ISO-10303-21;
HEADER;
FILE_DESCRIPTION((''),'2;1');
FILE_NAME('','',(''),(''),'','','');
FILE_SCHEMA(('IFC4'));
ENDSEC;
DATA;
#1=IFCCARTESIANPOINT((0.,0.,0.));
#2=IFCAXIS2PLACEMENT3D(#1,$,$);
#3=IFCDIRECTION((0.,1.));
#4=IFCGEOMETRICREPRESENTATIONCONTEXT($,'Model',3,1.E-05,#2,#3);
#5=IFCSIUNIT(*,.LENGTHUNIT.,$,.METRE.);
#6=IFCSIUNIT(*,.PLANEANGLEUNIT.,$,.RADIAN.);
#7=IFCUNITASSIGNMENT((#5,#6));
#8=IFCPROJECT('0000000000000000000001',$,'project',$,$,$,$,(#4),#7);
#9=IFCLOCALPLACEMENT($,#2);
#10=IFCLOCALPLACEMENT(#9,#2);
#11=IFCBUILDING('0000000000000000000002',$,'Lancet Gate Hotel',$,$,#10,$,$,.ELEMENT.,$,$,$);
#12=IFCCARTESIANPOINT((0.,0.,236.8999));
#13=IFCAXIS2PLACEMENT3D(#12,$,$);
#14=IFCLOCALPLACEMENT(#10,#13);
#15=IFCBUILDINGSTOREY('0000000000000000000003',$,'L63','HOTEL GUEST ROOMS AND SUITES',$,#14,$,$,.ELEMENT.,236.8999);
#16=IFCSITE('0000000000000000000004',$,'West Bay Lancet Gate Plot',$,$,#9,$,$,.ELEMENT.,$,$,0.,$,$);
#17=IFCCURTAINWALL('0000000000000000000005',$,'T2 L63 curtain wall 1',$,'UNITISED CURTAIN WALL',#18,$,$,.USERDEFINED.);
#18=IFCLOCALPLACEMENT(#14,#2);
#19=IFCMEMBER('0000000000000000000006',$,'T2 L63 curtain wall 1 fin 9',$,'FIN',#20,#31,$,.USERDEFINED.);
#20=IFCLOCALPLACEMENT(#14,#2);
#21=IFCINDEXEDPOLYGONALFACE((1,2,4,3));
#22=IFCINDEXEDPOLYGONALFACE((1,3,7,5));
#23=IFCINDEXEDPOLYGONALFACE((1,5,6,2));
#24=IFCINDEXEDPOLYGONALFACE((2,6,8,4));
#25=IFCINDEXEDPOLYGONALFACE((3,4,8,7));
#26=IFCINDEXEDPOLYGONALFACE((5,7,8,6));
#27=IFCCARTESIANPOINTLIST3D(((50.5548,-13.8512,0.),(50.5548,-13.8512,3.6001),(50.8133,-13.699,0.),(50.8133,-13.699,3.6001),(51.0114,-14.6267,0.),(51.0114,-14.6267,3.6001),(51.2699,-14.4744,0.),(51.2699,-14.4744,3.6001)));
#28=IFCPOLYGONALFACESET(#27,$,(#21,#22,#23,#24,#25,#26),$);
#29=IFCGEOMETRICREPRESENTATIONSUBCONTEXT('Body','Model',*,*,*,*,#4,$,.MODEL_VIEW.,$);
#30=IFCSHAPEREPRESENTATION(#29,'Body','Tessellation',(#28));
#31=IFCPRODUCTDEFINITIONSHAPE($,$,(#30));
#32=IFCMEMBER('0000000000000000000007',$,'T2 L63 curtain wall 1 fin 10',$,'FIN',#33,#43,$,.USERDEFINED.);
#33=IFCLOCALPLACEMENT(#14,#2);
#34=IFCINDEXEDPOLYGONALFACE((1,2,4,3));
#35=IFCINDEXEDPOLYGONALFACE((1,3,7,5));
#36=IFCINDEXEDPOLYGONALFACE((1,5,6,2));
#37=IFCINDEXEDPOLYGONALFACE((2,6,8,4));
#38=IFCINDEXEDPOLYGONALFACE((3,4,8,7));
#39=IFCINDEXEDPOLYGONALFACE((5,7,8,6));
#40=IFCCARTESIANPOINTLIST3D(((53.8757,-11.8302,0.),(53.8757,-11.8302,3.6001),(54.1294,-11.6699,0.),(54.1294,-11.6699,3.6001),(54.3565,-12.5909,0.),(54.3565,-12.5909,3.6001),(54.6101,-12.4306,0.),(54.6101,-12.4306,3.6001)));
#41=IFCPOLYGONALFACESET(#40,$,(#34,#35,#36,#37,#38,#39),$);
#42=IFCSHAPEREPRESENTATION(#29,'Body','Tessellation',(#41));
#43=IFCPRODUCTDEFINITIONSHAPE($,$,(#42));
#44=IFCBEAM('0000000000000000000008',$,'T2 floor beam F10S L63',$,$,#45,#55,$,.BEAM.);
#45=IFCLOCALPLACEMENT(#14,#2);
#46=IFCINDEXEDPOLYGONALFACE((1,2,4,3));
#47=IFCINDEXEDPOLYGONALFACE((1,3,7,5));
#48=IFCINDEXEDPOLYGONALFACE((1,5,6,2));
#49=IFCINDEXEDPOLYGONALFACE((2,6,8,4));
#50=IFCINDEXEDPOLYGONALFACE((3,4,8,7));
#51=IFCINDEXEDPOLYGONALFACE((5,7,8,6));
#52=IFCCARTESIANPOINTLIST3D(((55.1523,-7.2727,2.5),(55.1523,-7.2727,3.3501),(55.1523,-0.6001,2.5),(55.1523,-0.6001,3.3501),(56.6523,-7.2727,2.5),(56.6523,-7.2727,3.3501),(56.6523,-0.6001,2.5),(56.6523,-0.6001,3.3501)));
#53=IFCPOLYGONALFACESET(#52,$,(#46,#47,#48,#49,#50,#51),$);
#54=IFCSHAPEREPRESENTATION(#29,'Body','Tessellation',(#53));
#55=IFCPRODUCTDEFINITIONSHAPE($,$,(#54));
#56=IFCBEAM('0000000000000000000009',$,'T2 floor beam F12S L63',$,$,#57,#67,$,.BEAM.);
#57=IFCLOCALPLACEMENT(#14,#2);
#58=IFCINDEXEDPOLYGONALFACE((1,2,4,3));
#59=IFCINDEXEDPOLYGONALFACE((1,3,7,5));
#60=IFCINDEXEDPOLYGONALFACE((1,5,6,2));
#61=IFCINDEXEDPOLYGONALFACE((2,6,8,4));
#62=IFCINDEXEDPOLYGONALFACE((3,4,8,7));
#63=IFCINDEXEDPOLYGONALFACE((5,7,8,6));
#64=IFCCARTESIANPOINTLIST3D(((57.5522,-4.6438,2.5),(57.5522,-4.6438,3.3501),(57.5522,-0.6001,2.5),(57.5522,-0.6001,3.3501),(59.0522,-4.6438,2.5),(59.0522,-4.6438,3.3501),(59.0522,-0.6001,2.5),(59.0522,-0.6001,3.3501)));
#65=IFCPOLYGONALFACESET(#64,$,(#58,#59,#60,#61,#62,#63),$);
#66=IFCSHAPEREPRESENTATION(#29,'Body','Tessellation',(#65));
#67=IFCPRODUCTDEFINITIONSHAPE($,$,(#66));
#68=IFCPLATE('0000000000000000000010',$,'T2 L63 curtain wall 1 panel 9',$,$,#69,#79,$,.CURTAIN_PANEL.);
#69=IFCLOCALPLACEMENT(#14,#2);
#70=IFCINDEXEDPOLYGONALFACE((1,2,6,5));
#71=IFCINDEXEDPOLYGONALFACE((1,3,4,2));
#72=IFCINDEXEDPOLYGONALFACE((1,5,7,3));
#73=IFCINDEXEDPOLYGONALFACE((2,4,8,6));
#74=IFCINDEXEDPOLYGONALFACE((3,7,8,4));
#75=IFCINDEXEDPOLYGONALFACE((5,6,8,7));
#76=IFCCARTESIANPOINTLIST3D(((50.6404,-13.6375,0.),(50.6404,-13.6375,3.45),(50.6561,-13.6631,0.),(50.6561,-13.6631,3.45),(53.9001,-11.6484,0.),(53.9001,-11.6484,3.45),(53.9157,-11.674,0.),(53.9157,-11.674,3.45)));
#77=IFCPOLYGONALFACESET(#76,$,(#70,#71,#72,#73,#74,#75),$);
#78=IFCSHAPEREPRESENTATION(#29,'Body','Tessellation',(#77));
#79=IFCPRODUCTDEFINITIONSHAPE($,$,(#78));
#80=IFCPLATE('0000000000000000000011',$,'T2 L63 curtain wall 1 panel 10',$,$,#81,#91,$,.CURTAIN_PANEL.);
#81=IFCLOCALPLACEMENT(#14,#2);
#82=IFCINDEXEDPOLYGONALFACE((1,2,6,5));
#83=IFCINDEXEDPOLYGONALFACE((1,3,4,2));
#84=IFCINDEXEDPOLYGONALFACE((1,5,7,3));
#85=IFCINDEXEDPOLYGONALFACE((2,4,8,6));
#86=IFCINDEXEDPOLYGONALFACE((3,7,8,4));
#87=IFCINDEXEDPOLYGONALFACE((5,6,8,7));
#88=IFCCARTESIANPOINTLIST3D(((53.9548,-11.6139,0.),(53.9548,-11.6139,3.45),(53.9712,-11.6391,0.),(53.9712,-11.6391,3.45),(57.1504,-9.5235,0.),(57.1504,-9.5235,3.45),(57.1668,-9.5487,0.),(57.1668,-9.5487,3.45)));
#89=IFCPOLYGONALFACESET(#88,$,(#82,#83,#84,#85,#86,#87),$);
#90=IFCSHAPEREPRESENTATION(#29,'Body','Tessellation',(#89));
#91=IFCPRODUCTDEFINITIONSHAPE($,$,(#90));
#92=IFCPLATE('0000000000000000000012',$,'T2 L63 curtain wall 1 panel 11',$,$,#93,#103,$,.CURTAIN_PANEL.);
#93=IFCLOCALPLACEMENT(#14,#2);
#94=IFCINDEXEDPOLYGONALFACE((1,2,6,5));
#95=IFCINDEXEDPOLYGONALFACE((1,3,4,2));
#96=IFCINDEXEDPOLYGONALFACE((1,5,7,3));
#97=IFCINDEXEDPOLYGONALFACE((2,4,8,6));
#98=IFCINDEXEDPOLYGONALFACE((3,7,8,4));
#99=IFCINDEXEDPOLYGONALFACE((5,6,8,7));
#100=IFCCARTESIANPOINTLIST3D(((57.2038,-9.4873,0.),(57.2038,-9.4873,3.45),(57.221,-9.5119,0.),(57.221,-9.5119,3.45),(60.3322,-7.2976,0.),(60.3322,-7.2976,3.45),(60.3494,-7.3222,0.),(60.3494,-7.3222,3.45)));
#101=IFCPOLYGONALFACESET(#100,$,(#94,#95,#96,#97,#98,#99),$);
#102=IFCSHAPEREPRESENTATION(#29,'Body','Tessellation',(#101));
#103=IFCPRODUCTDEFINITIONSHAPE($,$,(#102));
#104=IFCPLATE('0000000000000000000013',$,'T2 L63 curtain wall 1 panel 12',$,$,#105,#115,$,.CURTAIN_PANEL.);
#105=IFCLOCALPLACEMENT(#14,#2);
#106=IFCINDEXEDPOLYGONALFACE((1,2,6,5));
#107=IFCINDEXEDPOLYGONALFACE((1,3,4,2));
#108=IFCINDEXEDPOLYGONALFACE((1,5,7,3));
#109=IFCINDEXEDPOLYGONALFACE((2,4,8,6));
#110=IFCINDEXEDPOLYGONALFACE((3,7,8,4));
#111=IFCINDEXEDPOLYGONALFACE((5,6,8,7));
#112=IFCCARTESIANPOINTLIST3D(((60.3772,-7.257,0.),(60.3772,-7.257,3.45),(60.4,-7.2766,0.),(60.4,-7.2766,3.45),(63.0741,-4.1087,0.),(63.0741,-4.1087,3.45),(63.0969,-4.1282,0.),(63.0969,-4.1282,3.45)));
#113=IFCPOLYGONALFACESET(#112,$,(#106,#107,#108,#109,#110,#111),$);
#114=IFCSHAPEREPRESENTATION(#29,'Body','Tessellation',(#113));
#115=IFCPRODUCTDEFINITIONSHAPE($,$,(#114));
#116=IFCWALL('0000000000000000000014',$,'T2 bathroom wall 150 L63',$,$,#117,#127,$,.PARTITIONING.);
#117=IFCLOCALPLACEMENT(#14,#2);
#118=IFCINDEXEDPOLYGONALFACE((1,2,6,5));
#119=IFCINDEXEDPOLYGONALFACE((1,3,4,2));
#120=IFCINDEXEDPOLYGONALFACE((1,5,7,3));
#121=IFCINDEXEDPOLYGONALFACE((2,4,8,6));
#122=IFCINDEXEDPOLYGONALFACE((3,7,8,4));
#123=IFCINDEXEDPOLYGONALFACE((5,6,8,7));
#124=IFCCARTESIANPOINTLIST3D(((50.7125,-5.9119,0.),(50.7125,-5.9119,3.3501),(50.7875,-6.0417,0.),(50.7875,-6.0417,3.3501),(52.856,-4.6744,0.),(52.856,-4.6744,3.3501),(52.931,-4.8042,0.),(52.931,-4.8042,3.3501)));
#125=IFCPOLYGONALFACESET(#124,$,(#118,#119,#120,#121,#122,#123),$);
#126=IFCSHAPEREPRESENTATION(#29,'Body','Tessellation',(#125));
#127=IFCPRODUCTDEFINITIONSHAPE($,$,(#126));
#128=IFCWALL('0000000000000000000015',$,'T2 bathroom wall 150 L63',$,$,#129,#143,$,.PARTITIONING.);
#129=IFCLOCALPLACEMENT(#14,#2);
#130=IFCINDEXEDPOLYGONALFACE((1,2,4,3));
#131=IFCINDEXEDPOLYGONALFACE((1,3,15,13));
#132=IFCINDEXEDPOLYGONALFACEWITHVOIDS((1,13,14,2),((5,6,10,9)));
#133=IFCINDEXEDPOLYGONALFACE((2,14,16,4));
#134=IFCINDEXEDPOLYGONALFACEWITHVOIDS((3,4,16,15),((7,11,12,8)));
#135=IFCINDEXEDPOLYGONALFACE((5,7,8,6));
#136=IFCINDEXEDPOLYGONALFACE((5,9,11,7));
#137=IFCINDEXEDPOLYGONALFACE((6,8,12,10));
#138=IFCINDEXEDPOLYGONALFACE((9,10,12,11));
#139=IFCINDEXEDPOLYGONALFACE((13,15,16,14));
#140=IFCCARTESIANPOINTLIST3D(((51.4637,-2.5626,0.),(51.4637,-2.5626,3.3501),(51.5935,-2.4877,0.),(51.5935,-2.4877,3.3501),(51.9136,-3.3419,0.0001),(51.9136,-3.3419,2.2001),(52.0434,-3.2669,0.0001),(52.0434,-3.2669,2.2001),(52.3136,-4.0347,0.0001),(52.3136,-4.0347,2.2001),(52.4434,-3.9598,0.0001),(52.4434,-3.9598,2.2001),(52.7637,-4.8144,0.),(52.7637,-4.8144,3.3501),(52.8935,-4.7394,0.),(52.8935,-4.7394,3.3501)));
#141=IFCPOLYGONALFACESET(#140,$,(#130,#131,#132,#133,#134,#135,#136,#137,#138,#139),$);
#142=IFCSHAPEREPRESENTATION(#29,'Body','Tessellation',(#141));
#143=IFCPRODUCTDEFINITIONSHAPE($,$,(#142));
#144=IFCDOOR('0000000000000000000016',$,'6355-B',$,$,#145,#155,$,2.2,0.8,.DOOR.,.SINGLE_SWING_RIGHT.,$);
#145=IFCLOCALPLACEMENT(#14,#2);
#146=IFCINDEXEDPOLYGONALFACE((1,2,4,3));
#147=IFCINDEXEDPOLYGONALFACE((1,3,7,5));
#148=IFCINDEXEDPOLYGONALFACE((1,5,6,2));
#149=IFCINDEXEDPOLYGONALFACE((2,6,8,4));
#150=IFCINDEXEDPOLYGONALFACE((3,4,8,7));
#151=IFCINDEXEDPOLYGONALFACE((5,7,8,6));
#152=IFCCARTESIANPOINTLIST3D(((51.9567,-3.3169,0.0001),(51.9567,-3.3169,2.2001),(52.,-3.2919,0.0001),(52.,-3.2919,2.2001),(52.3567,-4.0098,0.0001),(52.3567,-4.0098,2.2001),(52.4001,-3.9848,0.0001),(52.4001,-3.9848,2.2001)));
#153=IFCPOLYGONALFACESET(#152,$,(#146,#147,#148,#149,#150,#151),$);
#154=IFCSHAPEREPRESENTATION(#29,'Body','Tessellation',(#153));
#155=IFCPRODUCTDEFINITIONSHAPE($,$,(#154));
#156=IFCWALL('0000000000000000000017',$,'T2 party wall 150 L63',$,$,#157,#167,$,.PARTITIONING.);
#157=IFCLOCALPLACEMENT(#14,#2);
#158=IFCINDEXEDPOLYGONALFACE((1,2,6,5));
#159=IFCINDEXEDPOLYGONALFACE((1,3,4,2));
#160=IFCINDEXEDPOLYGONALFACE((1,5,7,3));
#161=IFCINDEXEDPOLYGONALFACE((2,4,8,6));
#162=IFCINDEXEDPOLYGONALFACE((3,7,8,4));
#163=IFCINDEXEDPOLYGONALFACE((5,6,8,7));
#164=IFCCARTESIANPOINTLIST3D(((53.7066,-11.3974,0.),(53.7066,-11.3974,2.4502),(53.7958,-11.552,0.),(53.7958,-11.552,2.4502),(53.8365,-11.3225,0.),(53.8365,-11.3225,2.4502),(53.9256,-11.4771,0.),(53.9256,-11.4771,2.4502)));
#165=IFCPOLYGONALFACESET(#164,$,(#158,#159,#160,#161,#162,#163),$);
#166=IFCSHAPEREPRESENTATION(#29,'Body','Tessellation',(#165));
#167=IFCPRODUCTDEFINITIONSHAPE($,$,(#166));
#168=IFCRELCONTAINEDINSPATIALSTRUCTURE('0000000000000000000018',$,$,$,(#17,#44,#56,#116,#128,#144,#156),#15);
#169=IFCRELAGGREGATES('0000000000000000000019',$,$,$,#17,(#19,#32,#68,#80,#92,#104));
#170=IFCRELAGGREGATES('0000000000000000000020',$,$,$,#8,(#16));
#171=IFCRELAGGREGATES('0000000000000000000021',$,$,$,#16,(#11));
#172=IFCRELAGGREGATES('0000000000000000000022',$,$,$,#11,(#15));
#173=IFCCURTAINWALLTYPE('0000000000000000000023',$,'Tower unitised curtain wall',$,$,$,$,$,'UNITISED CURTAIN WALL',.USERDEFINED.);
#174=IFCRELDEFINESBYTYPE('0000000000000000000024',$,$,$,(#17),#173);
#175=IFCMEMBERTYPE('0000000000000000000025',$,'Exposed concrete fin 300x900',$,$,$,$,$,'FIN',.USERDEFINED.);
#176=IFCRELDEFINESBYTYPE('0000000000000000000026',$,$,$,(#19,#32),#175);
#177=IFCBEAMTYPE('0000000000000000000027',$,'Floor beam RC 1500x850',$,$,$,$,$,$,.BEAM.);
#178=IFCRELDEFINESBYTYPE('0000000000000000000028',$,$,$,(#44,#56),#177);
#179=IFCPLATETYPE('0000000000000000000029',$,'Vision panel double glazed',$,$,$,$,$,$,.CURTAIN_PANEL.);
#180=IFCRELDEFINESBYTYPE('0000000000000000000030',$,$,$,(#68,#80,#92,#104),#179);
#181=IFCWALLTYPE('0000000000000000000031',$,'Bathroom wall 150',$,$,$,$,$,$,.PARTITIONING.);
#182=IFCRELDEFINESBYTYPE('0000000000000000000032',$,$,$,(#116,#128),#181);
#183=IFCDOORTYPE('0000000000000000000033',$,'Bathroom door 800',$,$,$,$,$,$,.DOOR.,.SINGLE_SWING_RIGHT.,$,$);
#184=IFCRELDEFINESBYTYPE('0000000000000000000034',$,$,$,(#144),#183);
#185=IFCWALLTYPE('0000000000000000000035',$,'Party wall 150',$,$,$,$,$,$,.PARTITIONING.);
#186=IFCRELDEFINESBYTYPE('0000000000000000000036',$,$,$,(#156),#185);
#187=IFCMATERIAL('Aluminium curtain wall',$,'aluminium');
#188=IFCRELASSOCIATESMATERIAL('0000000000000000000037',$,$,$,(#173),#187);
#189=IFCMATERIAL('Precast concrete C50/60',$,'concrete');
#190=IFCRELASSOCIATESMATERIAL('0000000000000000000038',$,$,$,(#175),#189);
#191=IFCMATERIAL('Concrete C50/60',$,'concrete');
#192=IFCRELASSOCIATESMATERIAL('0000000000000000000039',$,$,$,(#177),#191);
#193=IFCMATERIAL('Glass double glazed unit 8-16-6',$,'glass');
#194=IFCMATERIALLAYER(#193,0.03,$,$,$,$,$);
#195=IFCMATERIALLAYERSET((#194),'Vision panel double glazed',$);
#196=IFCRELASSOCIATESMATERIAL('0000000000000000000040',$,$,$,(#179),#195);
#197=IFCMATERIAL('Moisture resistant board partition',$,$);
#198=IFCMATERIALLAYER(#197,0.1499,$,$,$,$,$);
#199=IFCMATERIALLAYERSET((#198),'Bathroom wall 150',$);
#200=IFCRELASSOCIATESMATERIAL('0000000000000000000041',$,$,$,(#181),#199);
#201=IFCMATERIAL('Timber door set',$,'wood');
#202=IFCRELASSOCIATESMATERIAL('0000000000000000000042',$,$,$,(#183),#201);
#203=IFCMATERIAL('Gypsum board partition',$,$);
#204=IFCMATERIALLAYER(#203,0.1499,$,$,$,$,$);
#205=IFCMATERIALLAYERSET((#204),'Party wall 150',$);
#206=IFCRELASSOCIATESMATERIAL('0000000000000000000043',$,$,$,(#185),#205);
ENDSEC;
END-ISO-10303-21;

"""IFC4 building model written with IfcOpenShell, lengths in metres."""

from ifc_helpers import new_model, si_unit, direction, frame, frame_2d, origin, origin_2d, place, context, subcontext, project, spatial, rectangle, extrude, material, layer, layer_set, material_profile, profile_set, type_object, element, fill, aggregate, save


model = new_model("IFC4")

# Units and contexts
model_context = context("Model", 3, precision=1e-05, world=origin(), true_north=direction((0.0, 1.0)))
body_context = subcontext(model_context, "Body", "Model", "MODEL_VIEW")
ifc_project = project(units=[si_unit("LENGTHUNIT", "METRE"), si_unit("PLANEANGLEUNIT", "RADIAN")], contexts=[model_context])

# Site, building, storey
site_placement = place(None, origin())
site = spatial("IfcSite", under=ifc_project, at=site_placement, Name="West Bay Lancet Gate Plot", CompositionType="ELEMENT", RefElevation=0.0)
building_placement = place(site_placement, origin())
building = spatial("IfcBuilding", under=site, at=building_placement, Name="Lancet Gate Hotel", CompositionType="ELEMENT")
storey_placement = place(building_placement, frame((0.0, 0.0, 236.8999)))
storey = spatial("IfcBuildingStorey", under=building, at=storey_placement, Name="L63", Description="HOTEL GUEST ROOMS AND SUITES", CompositionType="ELEMENT", Elevation=236.8999)

# Curtain wall
ifc_material_1 = material(Name="Aluminium curtain wall", Category="aluminium")
curtain_wall_type = type_object("IfcCurtainWallType", Name="Tower unitised curtain wall", ElementType="UNITISED CURTAIN WALL", PredefinedType="USERDEFINED", material=ifc_material_1)
curtain_wall_placement = place(storey_placement, origin())
curtain_wall = element("IfcCurtainWall", 1, at=curtain_wall_placement, inside=storey, type_object=curtain_wall_type, Name="T2 L63 curtain wall 1", ObjectType="UNITISED CURTAIN WALL", PredefinedType="USERDEFINED")

# Members
ifc_material_2 = material(Name="Precast concrete C50/60", Category="concrete")
ifc_material_profile_1 = material_profile(ifc_material_2, rectangle(XDim=0.3, YDim=0.8999, at=origin_2d()), Name="FIN 300x900")
ifc_profile_set_1 = profile_set([ifc_material_profile_1], Name="Precast concrete C50/60")
member_type_1 = type_object("IfcMemberType", Name="Exposed concrete fin 300x900", ElementType="FIN", PredefinedType="USERDEFINED", material=ifc_profile_set_1)
member_1_placement = place(storey_placement, frame((50.9124, -14.1628, 0.0), z_axis=(0.0, 0.0, 1.0), x_axis=(0.861692, 0.507432, 0.0)))
member_1 = element("IfcMember", 2, at=member_1_placement, type_object=member_type_1, Name="T2 L63 curtain wall 1 fin 9", ObjectType="FIN", PredefinedType="USERDEFINED", context=body_context, shape_type="SweptSolid", body=[
    extrude(rectangle(XDim=0.3, YDim=0.8999, at=origin_2d()), origin(), (0.0, 0.0, 1.0), 3.6001),
])
member_2_placement = place(storey_placement, frame((54.2429, -12.1304, 0.0), z_axis=(0.0, 0.0, 1.0), x_axis=(0.84534, 0.534229, 0.0)))
member_2 = element("IfcMember", 3, at=member_2_placement, type_object=member_type_1, Name="T2 L63 curtain wall 1 fin 10", ObjectType="FIN", PredefinedType="USERDEFINED", context=body_context, shape_type="SweptSolid", body=[
    extrude(rectangle(XDim=0.3, YDim=0.8999, at=origin_2d()), origin(), (0.0, 0.0, 1.0), 3.6001),
])

# Beams
ifc_material_3 = material(Name="Concrete C50/60", Category="concrete")
ifc_material_profile_2 = material_profile(ifc_material_3, rectangle(XDim=1.5, YDim=0.8501, at=origin_2d()), Name="RC 1500x850")
ifc_profile_set_2 = profile_set([ifc_material_profile_2], Name="Concrete C50/60")
beam_type_1 = type_object("IfcBeamType", Name="Floor beam RC 1500x850", PredefinedType="BEAM", material=ifc_profile_set_2)
beam_1_placement = place(storey_placement, frame((55.9023, -7.2727, 2.925), z_axis=(0.0, 1.0, 0.0), x_axis=(-1.0, 0.0, 0.0)))
element("IfcBeam", 4, at=beam_1_placement, inside=storey, type_object=beam_type_1, Name="T2 floor beam F10S L63", PredefinedType="BEAM", context=body_context, shape_type="SweptSolid", body=[
    extrude(rectangle(XDim=1.5, YDim=0.8501, at=origin_2d()), origin(), (0.0, 0.0, 1.0), 6.6726),
])
beam_2_placement = place(storey_placement, frame((58.3022, -4.6438, 2.925), z_axis=(0.0, 1.0, 0.0), x_axis=(-1.0, 0.0, 0.0)))
element("IfcBeam", 5, at=beam_2_placement, inside=storey, type_object=beam_type_1, Name="T2 floor beam F12S L63", PredefinedType="BEAM", context=body_context, shape_type="SweptSolid", body=[
    extrude(rectangle(XDim=1.5, YDim=0.8501, at=origin_2d()), origin(), (0.0, 0.0, 1.0), 4.0437),
])

# Plates
ifc_material_4 = material(Name="Glass double glazed unit 8-16-6", Category="glass")
ifc_layer_1 = layer(ifc_material_4, 0.03)
ifc_layer_set_1 = layer_set([ifc_layer_1], Name="Vision panel double glazed")
plate_type = type_object("IfcPlateType", Name="Vision panel double glazed", PredefinedType="CURTAIN_PANEL", material=ifc_layer_set_1)
plate_1_placement = place(storey_placement, frame((52.2781, -12.6558, 0.0), z_axis=(0.0, 0.0, 1.0), x_axis=(0.853621, 0.520895, 0.0)))
plate_1 = element("IfcPlate", 6, at=plate_1_placement, type_object=plate_type, Name="T2 L63 curtain wall 1 panel 9", PredefinedType="CURTAIN_PANEL", context=body_context, shape_type="SweptSolid", body=[
    extrude(rectangle(XDim=3.8186, YDim=0.03, at=origin_2d()), origin(), (0.0, 0.0, 1.0), 3.45),
])
plate_2_placement = place(storey_placement, frame((55.5608, -10.5813, 0.0), z_axis=(0.0, 0.0, 1.0), x_axis=(0.83685, 0.547432, 0.0)))
plate_2 = element("IfcPlate", 7, at=plate_2_placement, type_object=plate_type, Name="T2 L63 curtain wall 1 panel 10", PredefinedType="CURTAIN_PANEL", context=body_context, shape_type="SweptSolid", body=[
    extrude(rectangle(XDim=3.8186, YDim=0.03, at=origin_2d()), origin(), (0.0, 0.0, 1.0), 3.45),
])
plate_3_placement = place(storey_placement, frame((58.7766, -8.4048, 0.0), z_axis=(0.0, 0.0, 1.0), x_axis=(0.819255, 0.573429, 0.0)))
plate_3 = element("IfcPlate", 8, at=plate_3_placement, type_object=plate_type, Name="T2 L63 curtain wall 1 panel 11", PredefinedType="CURTAIN_PANEL", context=body_context, shape_type="SweptSolid", body=[
    extrude(rectangle(XDim=3.8186, YDim=0.03, at=origin_2d()), origin(), (0.0, 0.0, 1.0), 3.45),
])
plate_4_placement = place(storey_placement, frame((61.7371, -5.6926, 0.0), z_axis=(0.0, 0.0, 1.0), x_axis=(0.650552, 0.759462, 0.0)))
plate_4 = element("IfcPlate", 9, at=plate_4_placement, type_object=plate_type, Name="T2 L63 curtain wall 1 panel 12", PredefinedType="CURTAIN_PANEL", context=body_context, shape_type="SweptSolid", body=[
    extrude(rectangle(XDim=4.1455, YDim=0.03, at=origin_2d()), origin(), (0.0, 0.0, 1.0), 3.45),
])
aggregate(curtain_wall, [member_1, member_2, plate_1, plate_2, plate_3, plate_4])

# Wall
ifc_material_5 = material(Name="Moisture resistant board partition")
ifc_layer_2 = layer(ifc_material_5, 0.1499)
ifc_layer_set_2 = layer_set([ifc_layer_2], Name="Bathroom wall 150")
wall_type_1 = type_object("IfcWallType", Name="Bathroom wall 150", PredefinedType="PARTITIONING", material=ifc_layer_set_2)
wall_1_placement = place(storey_placement, frame((50.75, -5.9768, 0.0), z_axis=(0.0, 0.0, 1.0), x_axis=(0.866031, 0.49999, 0.0)))
element("IfcWall", 10, at=wall_1_placement, inside=storey, type_object=wall_type_1, Name="T2 bathroom wall 150 L63", PredefinedType="PARTITIONING", context=body_context, shape_type="SweptSolid", body=[
    extrude(rectangle(XDim=2.4751, YDim=0.1499, at=frame_2d((1.2375, 0.0))), origin(), (0.0, 0.0, 1.0), 3.3501),
])

# Wall, opening, door
wall_2_placement = place(storey_placement, frame((51.5286, -2.5251, 0.0), z_axis=(0.0, 0.0, 1.0), x_axis=(0.500007, -0.866021, 0.0)))
wall_2 = element("IfcWall", 11, at=wall_2_placement, inside=storey, type_object=wall_type_1, Name="T2 bathroom wall 150 L63", PredefinedType="PARTITIONING", context=body_context, shape_type="SweptSolid", body=[
    extrude(rectangle(XDim=2.6001, YDim=0.1499, at=frame_2d((1.3, 0.0))), origin(), (0.0, 0.0, 1.0), 3.3501),
])
opening_placement = place(wall_2_placement, frame((0.8999, 0.0, 0.0)))
opening = element("IfcOpeningElement", 12, at=opening_placement, cuts=wall_2, PredefinedType="OPENING", context=body_context, shape_type="SweptSolid", body=[
    extrude(rectangle(XDim=0.8, YDim=2.2, at=frame_2d((0.3999, 1.1001))), frame((0.0, 0.085, 0.0), z_axis=(0.0, -1.0, 0.0), x_axis=(1.0, 0.0, 0.0)), (0.0, 0.0, 1.0), 0.1699),
])
ifc_material_6 = material(Name="Timber door set", Category="wood")
door_type = type_object("IfcDoorType", Name="Bathroom door 800", OperationType="SINGLE_SWING_RIGHT", PredefinedType="DOOR", material=ifc_material_6)
door_placement = place(opening_placement, origin())
door = element("IfcDoor", 13, at=door_placement, inside=storey, type_object=door_type, Name="6355-B", OperationType="SINGLE_SWING_RIGHT", OverallHeight=2.2, OverallWidth=0.8, PredefinedType="DOOR", context=body_context, shape_type="SweptSolid", body=[
    extrude(rectangle(XDim=0.8, YDim=2.2, at=frame_2d((0.3999, 1.1001))), frame((0.0, 0.0249, 0.0), z_axis=(0.0, -1.0, 0.0), x_axis=(1.0, 0.0, 0.0)), (0.0, 0.0, 1.0), 0.05),
])
fill(opening, door)

# Wall
ifc_material_7 = material(Name="Gypsum board partition")
ifc_layer_3 = layer(ifc_material_7, 0.1499)
ifc_layer_set_3 = layer_set([ifc_layer_3], Name="Party wall 150")
wall_type_2 = type_object("IfcWallType", Name="Party wall 150", PredefinedType="PARTITIONING", material=ifc_layer_set_3)
wall_3_placement = place(storey_placement, frame((53.7715, -11.3599, 0.0), z_axis=(0.0, 0.0, 1.0), x_axis=(0.499525, -0.866299, 0.0)))
element("IfcWall", 14, at=wall_3_placement, inside=storey, type_object=wall_type_2, Name="T2 party wall 150 L63", PredefinedType="PARTITIONING", context=body_context, shape_type="SweptSolid", body=[
    extrude(rectangle(XDim=0.1785, YDim=0.1499, at=frame_2d((0.0894, 0.0))), origin(), (0.0, 0.0, 1.0), 2.4502),
])

save(model, "model.ifc")
